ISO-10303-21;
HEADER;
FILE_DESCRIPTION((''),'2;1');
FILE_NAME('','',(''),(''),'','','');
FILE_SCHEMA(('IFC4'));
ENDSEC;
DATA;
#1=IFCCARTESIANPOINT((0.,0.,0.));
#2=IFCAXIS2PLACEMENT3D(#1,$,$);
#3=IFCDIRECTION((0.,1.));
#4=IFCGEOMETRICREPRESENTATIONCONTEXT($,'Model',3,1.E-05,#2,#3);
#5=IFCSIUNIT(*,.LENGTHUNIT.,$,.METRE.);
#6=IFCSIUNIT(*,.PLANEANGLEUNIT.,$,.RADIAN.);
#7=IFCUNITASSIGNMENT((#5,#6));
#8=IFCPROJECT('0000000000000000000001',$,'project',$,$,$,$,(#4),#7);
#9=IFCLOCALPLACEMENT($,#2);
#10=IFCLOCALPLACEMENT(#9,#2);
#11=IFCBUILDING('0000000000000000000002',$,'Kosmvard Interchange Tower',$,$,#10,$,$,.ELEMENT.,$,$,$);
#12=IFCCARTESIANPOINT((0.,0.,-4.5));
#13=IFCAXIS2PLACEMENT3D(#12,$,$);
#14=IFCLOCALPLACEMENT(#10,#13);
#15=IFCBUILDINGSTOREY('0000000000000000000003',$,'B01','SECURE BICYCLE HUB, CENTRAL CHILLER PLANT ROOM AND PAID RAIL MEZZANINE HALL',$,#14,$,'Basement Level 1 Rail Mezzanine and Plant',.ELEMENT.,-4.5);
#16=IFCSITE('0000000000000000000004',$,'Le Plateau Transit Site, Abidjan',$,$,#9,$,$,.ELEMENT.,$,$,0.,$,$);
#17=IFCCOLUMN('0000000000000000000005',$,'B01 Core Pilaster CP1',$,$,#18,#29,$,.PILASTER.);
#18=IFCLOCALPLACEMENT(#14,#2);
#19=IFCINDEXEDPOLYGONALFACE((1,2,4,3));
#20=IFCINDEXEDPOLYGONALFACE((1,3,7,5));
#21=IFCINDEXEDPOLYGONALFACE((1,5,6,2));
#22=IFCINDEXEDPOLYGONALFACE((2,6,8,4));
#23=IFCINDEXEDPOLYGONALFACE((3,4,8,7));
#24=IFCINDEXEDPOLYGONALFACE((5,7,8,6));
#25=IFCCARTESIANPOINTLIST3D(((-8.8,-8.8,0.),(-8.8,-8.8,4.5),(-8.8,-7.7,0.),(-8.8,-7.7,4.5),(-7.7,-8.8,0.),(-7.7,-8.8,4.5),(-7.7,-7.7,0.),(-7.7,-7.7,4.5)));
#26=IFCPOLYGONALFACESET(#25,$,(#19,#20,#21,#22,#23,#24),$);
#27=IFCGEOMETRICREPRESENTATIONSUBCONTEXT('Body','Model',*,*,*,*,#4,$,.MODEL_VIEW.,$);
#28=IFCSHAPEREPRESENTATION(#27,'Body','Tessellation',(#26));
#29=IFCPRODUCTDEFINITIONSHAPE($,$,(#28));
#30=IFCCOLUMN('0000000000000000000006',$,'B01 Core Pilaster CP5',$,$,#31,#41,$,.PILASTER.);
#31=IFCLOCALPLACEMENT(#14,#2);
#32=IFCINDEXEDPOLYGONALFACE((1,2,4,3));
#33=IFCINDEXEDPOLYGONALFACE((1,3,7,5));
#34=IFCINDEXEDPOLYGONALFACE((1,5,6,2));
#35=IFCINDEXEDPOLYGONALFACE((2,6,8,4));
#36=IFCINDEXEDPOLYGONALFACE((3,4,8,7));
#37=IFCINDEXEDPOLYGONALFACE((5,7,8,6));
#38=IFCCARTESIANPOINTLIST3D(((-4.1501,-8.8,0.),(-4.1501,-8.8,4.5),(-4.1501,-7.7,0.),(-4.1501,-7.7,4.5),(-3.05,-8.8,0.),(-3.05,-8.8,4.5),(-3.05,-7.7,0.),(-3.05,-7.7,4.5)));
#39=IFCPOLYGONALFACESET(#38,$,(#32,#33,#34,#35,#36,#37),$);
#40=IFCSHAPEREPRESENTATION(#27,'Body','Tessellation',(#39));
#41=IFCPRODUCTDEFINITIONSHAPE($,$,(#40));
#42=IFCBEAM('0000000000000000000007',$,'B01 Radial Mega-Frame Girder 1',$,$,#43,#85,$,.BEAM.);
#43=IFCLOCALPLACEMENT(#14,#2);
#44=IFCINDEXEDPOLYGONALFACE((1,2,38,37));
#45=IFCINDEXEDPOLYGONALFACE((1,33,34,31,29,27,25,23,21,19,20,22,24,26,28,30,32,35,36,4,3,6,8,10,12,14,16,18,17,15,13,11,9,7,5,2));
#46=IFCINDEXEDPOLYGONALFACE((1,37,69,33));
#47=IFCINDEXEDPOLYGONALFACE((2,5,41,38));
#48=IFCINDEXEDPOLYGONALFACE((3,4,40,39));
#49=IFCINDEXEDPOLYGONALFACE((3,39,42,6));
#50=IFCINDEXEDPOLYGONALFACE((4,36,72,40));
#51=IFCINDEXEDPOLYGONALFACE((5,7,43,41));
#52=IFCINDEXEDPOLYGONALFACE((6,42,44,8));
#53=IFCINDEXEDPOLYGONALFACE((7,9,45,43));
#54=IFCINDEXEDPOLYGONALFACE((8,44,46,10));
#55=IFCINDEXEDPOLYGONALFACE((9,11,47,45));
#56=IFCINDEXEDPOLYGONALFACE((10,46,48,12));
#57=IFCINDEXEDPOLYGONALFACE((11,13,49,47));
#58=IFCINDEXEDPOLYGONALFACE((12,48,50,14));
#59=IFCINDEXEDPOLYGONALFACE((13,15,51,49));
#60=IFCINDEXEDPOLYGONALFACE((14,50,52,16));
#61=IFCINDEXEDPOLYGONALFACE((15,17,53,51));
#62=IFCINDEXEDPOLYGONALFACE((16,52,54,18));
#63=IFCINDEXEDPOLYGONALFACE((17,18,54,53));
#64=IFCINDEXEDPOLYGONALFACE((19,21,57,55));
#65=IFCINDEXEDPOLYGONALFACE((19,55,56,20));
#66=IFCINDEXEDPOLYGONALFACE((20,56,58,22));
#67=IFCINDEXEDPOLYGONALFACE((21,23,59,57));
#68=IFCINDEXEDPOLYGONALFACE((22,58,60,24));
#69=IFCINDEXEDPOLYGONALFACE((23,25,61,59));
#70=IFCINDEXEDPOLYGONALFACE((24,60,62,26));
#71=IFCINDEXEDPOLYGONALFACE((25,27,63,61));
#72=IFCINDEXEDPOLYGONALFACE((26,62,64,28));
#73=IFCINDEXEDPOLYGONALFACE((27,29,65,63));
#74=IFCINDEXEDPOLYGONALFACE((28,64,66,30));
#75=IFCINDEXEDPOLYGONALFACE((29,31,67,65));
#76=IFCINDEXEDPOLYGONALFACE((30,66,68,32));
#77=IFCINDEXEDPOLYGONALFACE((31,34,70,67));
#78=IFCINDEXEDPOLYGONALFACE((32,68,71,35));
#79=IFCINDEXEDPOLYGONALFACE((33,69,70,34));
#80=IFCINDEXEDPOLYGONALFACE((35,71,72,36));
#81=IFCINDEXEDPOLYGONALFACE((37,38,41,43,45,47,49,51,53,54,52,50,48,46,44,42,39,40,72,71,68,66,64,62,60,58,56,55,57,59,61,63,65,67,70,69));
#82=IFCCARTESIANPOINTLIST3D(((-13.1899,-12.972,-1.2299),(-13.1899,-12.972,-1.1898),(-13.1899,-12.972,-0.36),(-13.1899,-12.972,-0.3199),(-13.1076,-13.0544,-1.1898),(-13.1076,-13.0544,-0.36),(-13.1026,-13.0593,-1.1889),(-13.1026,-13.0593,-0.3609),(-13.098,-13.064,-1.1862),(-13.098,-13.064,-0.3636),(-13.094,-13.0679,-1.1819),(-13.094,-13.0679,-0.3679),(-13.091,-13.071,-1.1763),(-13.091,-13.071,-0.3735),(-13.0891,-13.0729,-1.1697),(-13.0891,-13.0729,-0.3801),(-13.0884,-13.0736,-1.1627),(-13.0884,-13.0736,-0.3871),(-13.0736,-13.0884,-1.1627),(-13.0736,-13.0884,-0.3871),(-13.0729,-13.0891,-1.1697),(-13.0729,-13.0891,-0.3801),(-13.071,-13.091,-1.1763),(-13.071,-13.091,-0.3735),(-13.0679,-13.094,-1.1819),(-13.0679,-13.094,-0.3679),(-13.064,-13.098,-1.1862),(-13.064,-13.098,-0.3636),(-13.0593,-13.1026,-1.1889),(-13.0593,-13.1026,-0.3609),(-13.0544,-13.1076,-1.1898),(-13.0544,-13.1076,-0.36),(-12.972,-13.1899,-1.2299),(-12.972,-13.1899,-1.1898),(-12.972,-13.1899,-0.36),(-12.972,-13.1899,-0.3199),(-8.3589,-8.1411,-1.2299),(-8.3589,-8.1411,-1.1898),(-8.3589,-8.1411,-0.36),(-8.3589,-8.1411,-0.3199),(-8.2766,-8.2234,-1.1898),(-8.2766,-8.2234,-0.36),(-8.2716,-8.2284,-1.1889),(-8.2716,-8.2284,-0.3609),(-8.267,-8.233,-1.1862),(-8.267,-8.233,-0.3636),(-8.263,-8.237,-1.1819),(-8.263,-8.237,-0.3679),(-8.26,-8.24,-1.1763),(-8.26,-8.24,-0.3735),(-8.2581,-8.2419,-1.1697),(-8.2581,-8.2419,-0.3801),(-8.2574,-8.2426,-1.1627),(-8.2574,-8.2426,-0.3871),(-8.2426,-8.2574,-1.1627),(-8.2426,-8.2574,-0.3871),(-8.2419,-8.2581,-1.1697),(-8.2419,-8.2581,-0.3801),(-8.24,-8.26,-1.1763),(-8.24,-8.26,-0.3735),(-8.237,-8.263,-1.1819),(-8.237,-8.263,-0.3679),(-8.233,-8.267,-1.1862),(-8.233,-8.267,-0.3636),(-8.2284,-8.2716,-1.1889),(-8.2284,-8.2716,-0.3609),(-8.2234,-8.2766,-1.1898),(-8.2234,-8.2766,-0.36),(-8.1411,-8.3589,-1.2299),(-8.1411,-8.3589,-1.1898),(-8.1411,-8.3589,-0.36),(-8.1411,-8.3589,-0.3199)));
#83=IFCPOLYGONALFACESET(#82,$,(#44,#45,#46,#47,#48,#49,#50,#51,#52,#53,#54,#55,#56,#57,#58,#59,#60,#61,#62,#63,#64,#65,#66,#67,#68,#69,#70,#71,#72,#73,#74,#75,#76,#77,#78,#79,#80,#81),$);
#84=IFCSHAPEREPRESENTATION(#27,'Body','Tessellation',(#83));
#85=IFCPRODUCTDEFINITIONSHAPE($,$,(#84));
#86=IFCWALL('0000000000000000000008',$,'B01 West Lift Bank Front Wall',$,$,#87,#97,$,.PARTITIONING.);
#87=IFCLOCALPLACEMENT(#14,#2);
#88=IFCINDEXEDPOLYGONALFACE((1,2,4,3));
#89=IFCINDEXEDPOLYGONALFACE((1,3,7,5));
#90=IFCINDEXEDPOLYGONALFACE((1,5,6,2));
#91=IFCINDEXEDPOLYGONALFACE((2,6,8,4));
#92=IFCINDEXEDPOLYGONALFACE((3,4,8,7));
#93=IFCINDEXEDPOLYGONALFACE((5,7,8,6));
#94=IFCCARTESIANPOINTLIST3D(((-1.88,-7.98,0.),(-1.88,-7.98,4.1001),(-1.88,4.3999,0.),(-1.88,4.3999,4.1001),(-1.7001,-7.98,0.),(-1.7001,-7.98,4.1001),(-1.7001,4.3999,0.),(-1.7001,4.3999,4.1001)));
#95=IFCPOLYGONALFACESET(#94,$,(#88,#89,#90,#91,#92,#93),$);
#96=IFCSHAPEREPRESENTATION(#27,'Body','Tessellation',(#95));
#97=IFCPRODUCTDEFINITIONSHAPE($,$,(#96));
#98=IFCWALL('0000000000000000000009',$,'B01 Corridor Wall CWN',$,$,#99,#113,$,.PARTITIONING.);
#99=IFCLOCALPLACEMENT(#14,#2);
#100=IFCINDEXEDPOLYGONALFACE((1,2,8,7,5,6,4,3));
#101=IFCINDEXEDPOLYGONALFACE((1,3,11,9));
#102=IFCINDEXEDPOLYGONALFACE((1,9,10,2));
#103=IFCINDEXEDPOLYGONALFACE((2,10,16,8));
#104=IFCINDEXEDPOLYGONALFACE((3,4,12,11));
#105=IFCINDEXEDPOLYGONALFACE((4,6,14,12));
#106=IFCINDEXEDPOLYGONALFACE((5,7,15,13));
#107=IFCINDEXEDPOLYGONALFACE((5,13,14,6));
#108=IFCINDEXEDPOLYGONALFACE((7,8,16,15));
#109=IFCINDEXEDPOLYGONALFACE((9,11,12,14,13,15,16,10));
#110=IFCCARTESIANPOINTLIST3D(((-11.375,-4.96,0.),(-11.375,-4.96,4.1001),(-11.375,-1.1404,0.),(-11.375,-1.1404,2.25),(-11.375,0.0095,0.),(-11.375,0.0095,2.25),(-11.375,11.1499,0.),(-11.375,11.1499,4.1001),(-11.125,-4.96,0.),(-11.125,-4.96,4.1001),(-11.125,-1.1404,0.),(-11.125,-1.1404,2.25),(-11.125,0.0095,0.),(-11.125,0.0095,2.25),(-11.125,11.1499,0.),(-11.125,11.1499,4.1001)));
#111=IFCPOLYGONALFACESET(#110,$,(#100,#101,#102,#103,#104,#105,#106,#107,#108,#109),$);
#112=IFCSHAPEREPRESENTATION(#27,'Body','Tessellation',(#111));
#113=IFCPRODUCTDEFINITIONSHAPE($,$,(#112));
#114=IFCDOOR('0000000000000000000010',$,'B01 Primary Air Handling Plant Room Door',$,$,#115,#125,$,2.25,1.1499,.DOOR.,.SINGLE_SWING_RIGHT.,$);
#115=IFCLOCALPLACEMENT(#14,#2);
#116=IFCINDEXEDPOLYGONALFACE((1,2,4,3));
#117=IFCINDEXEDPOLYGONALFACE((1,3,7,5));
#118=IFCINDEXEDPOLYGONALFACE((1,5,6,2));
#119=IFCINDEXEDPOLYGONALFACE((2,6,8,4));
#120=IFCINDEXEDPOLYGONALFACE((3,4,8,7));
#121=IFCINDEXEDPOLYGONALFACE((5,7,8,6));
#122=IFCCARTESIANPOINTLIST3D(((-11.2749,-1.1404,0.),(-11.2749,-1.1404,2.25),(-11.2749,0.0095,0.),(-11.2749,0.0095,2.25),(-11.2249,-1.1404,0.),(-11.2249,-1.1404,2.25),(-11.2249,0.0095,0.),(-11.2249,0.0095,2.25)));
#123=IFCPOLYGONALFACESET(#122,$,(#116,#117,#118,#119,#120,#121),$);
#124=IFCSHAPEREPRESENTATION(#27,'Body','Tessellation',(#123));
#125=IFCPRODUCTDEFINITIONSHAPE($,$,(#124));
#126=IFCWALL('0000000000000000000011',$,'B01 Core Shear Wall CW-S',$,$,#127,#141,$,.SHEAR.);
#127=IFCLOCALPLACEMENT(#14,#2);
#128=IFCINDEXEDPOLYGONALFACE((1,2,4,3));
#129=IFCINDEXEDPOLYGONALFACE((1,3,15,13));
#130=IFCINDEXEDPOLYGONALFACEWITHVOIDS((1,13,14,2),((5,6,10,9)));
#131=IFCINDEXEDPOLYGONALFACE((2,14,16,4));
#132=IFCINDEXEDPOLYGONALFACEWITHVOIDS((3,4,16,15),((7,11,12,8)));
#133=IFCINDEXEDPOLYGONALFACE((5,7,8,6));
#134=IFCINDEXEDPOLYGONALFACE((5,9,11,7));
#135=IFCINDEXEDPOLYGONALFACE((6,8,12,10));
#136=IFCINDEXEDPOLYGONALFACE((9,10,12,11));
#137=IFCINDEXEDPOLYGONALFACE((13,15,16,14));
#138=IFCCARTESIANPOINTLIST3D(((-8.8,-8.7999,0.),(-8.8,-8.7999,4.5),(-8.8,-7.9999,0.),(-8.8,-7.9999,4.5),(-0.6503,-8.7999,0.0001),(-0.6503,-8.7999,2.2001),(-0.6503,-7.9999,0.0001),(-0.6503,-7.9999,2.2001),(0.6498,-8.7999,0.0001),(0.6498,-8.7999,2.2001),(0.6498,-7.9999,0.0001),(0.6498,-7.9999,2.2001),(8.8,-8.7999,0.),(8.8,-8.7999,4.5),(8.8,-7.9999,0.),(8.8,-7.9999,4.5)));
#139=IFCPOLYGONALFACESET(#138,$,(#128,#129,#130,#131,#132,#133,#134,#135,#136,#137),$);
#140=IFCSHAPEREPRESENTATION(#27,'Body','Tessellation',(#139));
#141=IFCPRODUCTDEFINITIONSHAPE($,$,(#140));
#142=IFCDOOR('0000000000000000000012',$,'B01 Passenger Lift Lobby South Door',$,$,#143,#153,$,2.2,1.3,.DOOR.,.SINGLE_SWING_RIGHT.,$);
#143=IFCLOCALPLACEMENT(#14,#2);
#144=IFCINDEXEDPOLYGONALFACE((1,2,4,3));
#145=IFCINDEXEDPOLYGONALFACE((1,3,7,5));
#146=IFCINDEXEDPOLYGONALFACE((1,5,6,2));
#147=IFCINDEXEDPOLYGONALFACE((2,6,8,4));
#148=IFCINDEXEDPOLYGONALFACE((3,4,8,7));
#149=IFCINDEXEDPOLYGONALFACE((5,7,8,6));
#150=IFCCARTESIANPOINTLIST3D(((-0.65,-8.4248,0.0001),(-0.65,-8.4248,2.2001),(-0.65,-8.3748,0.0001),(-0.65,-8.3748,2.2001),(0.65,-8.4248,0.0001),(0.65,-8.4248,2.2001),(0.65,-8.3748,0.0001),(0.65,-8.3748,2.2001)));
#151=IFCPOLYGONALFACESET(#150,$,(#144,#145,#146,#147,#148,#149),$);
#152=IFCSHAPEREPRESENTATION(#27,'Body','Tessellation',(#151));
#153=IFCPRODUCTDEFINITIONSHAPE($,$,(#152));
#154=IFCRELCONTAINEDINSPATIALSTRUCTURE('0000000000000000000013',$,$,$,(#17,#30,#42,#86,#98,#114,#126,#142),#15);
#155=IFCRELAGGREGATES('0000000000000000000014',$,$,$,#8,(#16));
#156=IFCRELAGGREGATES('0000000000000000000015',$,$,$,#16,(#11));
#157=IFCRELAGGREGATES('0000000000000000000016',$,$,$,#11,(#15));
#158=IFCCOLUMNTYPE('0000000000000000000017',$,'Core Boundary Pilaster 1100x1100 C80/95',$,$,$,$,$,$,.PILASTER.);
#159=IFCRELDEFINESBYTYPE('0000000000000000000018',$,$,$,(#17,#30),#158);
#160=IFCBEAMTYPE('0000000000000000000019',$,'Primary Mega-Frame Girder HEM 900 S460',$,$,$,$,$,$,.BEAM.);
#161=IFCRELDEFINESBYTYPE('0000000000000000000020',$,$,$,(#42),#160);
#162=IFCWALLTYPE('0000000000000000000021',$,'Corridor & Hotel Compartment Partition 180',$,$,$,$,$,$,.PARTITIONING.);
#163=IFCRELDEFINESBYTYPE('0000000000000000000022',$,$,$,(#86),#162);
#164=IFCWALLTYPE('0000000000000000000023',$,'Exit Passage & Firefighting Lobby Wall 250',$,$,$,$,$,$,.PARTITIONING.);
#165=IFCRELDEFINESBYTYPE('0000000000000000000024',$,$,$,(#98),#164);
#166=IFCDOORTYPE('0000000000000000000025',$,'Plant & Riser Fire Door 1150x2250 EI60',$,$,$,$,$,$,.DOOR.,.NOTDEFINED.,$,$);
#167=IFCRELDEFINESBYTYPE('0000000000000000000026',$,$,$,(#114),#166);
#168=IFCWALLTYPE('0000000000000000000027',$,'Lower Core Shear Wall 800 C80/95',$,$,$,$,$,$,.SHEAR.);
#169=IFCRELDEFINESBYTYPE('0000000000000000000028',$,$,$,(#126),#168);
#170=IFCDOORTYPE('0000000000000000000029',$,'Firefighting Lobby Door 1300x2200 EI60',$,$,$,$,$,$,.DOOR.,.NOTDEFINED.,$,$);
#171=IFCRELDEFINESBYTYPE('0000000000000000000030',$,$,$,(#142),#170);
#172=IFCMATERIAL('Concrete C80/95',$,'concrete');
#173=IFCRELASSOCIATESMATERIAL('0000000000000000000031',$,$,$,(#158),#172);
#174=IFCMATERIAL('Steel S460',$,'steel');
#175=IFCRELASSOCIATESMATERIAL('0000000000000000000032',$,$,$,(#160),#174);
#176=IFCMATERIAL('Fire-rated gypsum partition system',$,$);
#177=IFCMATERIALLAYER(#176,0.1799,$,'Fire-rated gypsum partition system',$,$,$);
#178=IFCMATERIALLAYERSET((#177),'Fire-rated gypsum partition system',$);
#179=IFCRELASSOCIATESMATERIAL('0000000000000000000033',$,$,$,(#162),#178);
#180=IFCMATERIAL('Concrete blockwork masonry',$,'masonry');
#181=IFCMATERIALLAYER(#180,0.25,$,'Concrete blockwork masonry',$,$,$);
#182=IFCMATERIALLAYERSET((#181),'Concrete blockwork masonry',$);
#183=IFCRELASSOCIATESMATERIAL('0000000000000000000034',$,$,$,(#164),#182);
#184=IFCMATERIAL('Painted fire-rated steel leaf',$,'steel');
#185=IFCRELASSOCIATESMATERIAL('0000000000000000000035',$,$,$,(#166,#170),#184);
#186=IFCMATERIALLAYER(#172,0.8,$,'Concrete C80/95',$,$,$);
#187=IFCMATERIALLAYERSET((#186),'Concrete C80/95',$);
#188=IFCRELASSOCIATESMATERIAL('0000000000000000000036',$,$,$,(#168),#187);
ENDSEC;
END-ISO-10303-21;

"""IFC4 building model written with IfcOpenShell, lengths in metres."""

from ifc_helpers import new_model, si_unit, direction, frame, frame_2d, origin, origin_2d, place, context, subcontext, project, spatial, rectangle, i_section, extrude, source, transform, mapped, material, layer, layer_set, material_profile, profile_set, type_object, element, fill, save


model = new_model("IFC4")

# Units and contexts
model_context = context("Model", 3, precision=1e-05, world=origin(), true_north=direction((0.0, 1.0)))
body_context = subcontext(model_context, "Body", "Model", "MODEL_VIEW")
ifc_project = project(units=[si_unit("LENGTHUNIT", "METRE"), si_unit("PLANEANGLEUNIT", "RADIAN")], contexts=[model_context])

# Site, building, storey
site_placement = place(None, origin())
site = spatial("IfcSite", under=ifc_project, at=site_placement, Name="Le Plateau Transit Site, Abidjan", CompositionType="ELEMENT", RefElevation=0.0)
building_placement = place(site_placement, origin())
building = spatial("IfcBuilding", under=site, at=building_placement, Name="Kosmvard Interchange Tower", CompositionType="ELEMENT")
storey_placement = place(building_placement, frame((0.0, 0.0, -4.5)))
storey = spatial("IfcBuildingStorey", under=building, at=storey_placement, Name="B01", Description="SECURE BICYCLE HUB, CENTRAL CHILLER PLANT ROOM AND PAID RAIL MEZZANINE HALL", LongName="Basement Level 1 Rail Mezzanine and Plant", CompositionType="ELEMENT", Elevation=-4.5)

# Columns
ifc_material_1 = material(Name="Concrete C80/95", Category="concrete")
ifc_material_profile_1 = material_profile(ifc_material_1, rectangle(XDim=1.1001, YDim=1.1001, at=origin_2d()), Name="CP 1100x1100")
ifc_profile_set_1 = profile_set([ifc_material_profile_1], Name="Concrete C80/95")
column_type = type_object("IfcColumnType", Name="Core Boundary Pilaster 1100x1100 C80/95", PredefinedType="PILASTER", material=ifc_profile_set_1)
shared_shape_1 = source(origin(), body_context, "Body", "SweptSolid", [
    extrude(rectangle(XDim=1.1001, YDim=1.1001, at=origin_2d()), origin(), (0.0, 0.0, 1.0), 4.5),
])
for number, where, z_axis, x_axis, name in (
    (1, (-8.25, -8.25, 0.0), (0.0, 0.0, 1.0), (1.0, 0.0, 0.0), "B01 Core Pilaster CP1"),
    (2, (-3.6001, -8.25, 0.0), (0.0, 0.0, 1.0), (1.0, 0.0, 0.0), "B01 Core Pilaster CP5"),
):
    element("IfcColumn", number, at=place(storey_placement, frame(where, z_axis=z_axis, x_axis=x_axis)), inside=storey, type_object=column_type, Name=name, PredefinedType="PILASTER", context=body_context, shape_type="MappedRepresentation", body=[
        mapped(shared_shape_1, transform((0.0, 0.0, 0.0), scale=1.0)),
    ])

# Beam
ifc_material_2 = material(Name="Steel S460", Category="steel")
ifc_material_profile_2 = material_profile(ifc_material_2, i_section(OverallWidth=0.3081, OverallDepth=0.9099, WebThickness=0.021, FlangeThickness=0.04, FilletRadius=0.0271, at=origin_2d()), Name="HEM 900")
ifc_profile_set_2 = profile_set([ifc_material_profile_2], Name="Steel S460")
beam_type = type_object("IfcBeamType", Name="Primary Mega-Frame Girder HEM 900 S460", PredefinedType="BEAM", material=ifc_profile_set_2)
shared_shape_2 = source(origin(), body_context, "Body", "SweptSolid", [
    extrude(i_section(OverallWidth=0.3081, OverallDepth=0.9099, WebThickness=0.021, FlangeThickness=0.04, FilletRadius=0.0271, at=origin_2d()), origin(), (0.0, 0.0, 1.0), 6.832),
])
beam_placement = place(storey_placement, frame((-8.25, -8.25, -0.7749), z_axis=(-0.707107, -0.707107, 0.0), x_axis=(0.707107, -0.707107, 0.0)))
element("IfcBeam", 3, at=beam_placement, inside=storey, type_object=beam_type, Name="B01 Radial Mega-Frame Girder 1", PredefinedType="BEAM", context=body_context, shape_type="MappedRepresentation", body=[
    mapped(shared_shape_2, transform((0.0, 0.0, 0.0), scale=1.0)),
])

# Wall
ifc_material_3 = material(Name="Fire-rated gypsum partition system")
ifc_layer_1 = layer(ifc_material_3, 0.1799, Name="Fire-rated gypsum partition system")
ifc_layer_set_1 = layer_set([ifc_layer_1], Name="Fire-rated gypsum partition system")
wall_type_1 = type_object("IfcWallType", Name="Corridor & Hotel Compartment Partition 180", PredefinedType="PARTITIONING", material=ifc_layer_set_1)
wall_1_placement = place(storey_placement, frame((-1.79, -7.98, 0.0), z_axis=(0.0, 0.0, 1.0), x_axis=(0.0, 1.0, 0.0)))
element("IfcWall", 4, at=wall_1_placement, inside=storey, type_object=wall_type_1, Name="B01 West Lift Bank Front Wall", PredefinedType="PARTITIONING", context=body_context, shape_type="SweptSolid", body=[
    extrude(rectangle(XDim=12.3799, YDim=0.1799, at=frame_2d((6.1899, 0.0))), origin(), (0.0, 0.0, 1.0), 4.1001),
])

# Walls, openings, doors
ifc_material_4 = material(Name="Concrete blockwork masonry", Category="masonry")
ifc_layer_2 = layer(ifc_material_4, 0.25, Name="Concrete blockwork masonry")
ifc_layer_set_2 = layer_set([ifc_layer_2], Name="Concrete blockwork masonry")
wall_type_2 = type_object("IfcWallType", Name="Exit Passage & Firefighting Lobby Wall 250", PredefinedType="PARTITIONING", material=ifc_layer_set_2)
wall_2_placement = place(storey_placement, frame((-11.25, -4.96, 0.0), z_axis=(0.0, 0.0, 1.0), x_axis=(0.0, 1.0, 0.0)))
wall_2 = element("IfcWall", 5, at=wall_2_placement, inside=storey, type_object=wall_type_2, Name="B01 Corridor Wall CWN", PredefinedType="PARTITIONING", context=body_context, shape_type="SweptSolid", body=[
    extrude(rectangle(XDim=16.1099, YDim=0.25, at=frame_2d((8.0549, 0.0))), origin(), (0.0, 0.0, 1.0), 4.1001),
])
opening_1_placement = place(wall_2_placement, frame((3.8196, 0.0, 0.0)))
opening_1 = element("IfcOpeningElement", 6, at=opening_1_placement, cuts=wall_2, PredefinedType="OPENING", context=body_context, shape_type="SweptSolid", body=[
    extrude(rectangle(XDim=1.1499, YDim=2.25, at=frame_2d((0.575, 1.125))), frame((0.0, 0.135, 0.0), z_axis=(0.0, -1.0, 0.0), x_axis=(1.0, 0.0, 0.0)), (0.0, 0.0, 1.0), 0.27),
])
ifc_material_5 = material(Name="Painted fire-rated steel leaf", Category="steel")
door_type_1 = type_object("IfcDoorType", Name="Plant & Riser Fire Door 1150x2250 EI60", OperationType="NOTDEFINED", PredefinedType="DOOR", material=ifc_material_5)
shared_shape_3 = source(origin(), body_context, "Body", "SweptSolid", [
    extrude(rectangle(XDim=1.1499, YDim=2.25, at=frame_2d((0.575, 1.125))), frame((0.0, 0.0249, 0.0), z_axis=(0.0, -1.0, 0.0), x_axis=(1.0, 0.0, 0.0)), (0.0, 0.0, 1.0), 0.05),
])
door_1_placement = place(opening_1_placement, origin())
door_1 = element("IfcDoor", 7, at=door_1_placement, inside=storey, type_object=door_type_1, Name="B01 Primary Air Handling Plant Room Door", OperationType="SINGLE_SWING_RIGHT", OverallHeight=2.25, OverallWidth=1.1499, PredefinedType="DOOR", context=body_context, shape_type="MappedRepresentation", body=[
    mapped(shared_shape_3, transform((0.0, 0.0, 0.0), scale=1.0)),
])
fill(opening_1, door_1)
ifc_layer_3 = layer(ifc_material_1, 0.8, Name="Concrete C80/95")
ifc_layer_set_3 = layer_set([ifc_layer_3], Name="Concrete C80/95")
wall_type_3 = type_object("IfcWallType", Name="Lower Core Shear Wall 800 C80/95", PredefinedType="SHEAR", material=ifc_layer_set_3)
wall_3_placement = place(storey_placement, frame((-8.8, -8.3999, 0.0), z_axis=(0.0, 0.0, 1.0), x_axis=(1.0, 0.0, 0.0)))
wall_3 = element("IfcWall", 8, at=wall_3_placement, inside=storey, type_object=wall_type_3, Name="B01 Core Shear Wall CW-S", PredefinedType="SHEAR", context=body_context, shape_type="SweptSolid", body=[
    extrude(rectangle(XDim=17.6001, YDim=0.8, at=frame_2d((8.8, 0.0))), origin(), (0.0, 0.0, 1.0), 4.5),
])
opening_2_placement = place(wall_3_placement, frame((8.1499, 0.0, 0.0)))
opening_2 = element("IfcOpeningElement", 9, at=opening_2_placement, cuts=wall_3, PredefinedType="OPENING", context=body_context, shape_type="SweptSolid", body=[
    extrude(rectangle(XDim=1.3, YDim=2.2, at=frame_2d((0.6499, 1.1001))), frame((0.0, 0.4102, 0.0), z_axis=(0.0, -1.0, 0.0), x_axis=(1.0, 0.0, 0.0)), (0.0, 0.0, 1.0), 0.8201),
])
door_type_2 = type_object("IfcDoorType", Name="Firefighting Lobby Door 1300x2200 EI60", OperationType="NOTDEFINED", PredefinedType="DOOR", material=ifc_material_5)
shared_shape_4 = source(origin(), body_context, "Body", "SweptSolid", [
    extrude(rectangle(XDim=1.3, YDim=2.2, at=frame_2d((0.6499, 1.1001))), frame((0.0, 0.0249, 0.0), z_axis=(0.0, -1.0, 0.0), x_axis=(1.0, 0.0, 0.0)), (0.0, 0.0, 1.0), 0.05),
])
door_2_placement = place(opening_2_placement, frame((1.3, 0.0, 0.0), z_axis=(0.0, 0.0, 1.0), x_axis=(-1.0, 0.0, 0.0)))
door_2 = element("IfcDoor", 10, at=door_2_placement, inside=storey, type_object=door_type_2, Name="B01 Passenger Lift Lobby South Door", OperationType="SINGLE_SWING_RIGHT", OverallHeight=2.2, OverallWidth=1.3, PredefinedType="DOOR", context=body_context, shape_type="MappedRepresentation", body=[
    mapped(shared_shape_4, transform((0.0, 0.0, 0.0), scale=1.0)),
])
fill(opening_2, door_2)

save(model, "model.ifc")
